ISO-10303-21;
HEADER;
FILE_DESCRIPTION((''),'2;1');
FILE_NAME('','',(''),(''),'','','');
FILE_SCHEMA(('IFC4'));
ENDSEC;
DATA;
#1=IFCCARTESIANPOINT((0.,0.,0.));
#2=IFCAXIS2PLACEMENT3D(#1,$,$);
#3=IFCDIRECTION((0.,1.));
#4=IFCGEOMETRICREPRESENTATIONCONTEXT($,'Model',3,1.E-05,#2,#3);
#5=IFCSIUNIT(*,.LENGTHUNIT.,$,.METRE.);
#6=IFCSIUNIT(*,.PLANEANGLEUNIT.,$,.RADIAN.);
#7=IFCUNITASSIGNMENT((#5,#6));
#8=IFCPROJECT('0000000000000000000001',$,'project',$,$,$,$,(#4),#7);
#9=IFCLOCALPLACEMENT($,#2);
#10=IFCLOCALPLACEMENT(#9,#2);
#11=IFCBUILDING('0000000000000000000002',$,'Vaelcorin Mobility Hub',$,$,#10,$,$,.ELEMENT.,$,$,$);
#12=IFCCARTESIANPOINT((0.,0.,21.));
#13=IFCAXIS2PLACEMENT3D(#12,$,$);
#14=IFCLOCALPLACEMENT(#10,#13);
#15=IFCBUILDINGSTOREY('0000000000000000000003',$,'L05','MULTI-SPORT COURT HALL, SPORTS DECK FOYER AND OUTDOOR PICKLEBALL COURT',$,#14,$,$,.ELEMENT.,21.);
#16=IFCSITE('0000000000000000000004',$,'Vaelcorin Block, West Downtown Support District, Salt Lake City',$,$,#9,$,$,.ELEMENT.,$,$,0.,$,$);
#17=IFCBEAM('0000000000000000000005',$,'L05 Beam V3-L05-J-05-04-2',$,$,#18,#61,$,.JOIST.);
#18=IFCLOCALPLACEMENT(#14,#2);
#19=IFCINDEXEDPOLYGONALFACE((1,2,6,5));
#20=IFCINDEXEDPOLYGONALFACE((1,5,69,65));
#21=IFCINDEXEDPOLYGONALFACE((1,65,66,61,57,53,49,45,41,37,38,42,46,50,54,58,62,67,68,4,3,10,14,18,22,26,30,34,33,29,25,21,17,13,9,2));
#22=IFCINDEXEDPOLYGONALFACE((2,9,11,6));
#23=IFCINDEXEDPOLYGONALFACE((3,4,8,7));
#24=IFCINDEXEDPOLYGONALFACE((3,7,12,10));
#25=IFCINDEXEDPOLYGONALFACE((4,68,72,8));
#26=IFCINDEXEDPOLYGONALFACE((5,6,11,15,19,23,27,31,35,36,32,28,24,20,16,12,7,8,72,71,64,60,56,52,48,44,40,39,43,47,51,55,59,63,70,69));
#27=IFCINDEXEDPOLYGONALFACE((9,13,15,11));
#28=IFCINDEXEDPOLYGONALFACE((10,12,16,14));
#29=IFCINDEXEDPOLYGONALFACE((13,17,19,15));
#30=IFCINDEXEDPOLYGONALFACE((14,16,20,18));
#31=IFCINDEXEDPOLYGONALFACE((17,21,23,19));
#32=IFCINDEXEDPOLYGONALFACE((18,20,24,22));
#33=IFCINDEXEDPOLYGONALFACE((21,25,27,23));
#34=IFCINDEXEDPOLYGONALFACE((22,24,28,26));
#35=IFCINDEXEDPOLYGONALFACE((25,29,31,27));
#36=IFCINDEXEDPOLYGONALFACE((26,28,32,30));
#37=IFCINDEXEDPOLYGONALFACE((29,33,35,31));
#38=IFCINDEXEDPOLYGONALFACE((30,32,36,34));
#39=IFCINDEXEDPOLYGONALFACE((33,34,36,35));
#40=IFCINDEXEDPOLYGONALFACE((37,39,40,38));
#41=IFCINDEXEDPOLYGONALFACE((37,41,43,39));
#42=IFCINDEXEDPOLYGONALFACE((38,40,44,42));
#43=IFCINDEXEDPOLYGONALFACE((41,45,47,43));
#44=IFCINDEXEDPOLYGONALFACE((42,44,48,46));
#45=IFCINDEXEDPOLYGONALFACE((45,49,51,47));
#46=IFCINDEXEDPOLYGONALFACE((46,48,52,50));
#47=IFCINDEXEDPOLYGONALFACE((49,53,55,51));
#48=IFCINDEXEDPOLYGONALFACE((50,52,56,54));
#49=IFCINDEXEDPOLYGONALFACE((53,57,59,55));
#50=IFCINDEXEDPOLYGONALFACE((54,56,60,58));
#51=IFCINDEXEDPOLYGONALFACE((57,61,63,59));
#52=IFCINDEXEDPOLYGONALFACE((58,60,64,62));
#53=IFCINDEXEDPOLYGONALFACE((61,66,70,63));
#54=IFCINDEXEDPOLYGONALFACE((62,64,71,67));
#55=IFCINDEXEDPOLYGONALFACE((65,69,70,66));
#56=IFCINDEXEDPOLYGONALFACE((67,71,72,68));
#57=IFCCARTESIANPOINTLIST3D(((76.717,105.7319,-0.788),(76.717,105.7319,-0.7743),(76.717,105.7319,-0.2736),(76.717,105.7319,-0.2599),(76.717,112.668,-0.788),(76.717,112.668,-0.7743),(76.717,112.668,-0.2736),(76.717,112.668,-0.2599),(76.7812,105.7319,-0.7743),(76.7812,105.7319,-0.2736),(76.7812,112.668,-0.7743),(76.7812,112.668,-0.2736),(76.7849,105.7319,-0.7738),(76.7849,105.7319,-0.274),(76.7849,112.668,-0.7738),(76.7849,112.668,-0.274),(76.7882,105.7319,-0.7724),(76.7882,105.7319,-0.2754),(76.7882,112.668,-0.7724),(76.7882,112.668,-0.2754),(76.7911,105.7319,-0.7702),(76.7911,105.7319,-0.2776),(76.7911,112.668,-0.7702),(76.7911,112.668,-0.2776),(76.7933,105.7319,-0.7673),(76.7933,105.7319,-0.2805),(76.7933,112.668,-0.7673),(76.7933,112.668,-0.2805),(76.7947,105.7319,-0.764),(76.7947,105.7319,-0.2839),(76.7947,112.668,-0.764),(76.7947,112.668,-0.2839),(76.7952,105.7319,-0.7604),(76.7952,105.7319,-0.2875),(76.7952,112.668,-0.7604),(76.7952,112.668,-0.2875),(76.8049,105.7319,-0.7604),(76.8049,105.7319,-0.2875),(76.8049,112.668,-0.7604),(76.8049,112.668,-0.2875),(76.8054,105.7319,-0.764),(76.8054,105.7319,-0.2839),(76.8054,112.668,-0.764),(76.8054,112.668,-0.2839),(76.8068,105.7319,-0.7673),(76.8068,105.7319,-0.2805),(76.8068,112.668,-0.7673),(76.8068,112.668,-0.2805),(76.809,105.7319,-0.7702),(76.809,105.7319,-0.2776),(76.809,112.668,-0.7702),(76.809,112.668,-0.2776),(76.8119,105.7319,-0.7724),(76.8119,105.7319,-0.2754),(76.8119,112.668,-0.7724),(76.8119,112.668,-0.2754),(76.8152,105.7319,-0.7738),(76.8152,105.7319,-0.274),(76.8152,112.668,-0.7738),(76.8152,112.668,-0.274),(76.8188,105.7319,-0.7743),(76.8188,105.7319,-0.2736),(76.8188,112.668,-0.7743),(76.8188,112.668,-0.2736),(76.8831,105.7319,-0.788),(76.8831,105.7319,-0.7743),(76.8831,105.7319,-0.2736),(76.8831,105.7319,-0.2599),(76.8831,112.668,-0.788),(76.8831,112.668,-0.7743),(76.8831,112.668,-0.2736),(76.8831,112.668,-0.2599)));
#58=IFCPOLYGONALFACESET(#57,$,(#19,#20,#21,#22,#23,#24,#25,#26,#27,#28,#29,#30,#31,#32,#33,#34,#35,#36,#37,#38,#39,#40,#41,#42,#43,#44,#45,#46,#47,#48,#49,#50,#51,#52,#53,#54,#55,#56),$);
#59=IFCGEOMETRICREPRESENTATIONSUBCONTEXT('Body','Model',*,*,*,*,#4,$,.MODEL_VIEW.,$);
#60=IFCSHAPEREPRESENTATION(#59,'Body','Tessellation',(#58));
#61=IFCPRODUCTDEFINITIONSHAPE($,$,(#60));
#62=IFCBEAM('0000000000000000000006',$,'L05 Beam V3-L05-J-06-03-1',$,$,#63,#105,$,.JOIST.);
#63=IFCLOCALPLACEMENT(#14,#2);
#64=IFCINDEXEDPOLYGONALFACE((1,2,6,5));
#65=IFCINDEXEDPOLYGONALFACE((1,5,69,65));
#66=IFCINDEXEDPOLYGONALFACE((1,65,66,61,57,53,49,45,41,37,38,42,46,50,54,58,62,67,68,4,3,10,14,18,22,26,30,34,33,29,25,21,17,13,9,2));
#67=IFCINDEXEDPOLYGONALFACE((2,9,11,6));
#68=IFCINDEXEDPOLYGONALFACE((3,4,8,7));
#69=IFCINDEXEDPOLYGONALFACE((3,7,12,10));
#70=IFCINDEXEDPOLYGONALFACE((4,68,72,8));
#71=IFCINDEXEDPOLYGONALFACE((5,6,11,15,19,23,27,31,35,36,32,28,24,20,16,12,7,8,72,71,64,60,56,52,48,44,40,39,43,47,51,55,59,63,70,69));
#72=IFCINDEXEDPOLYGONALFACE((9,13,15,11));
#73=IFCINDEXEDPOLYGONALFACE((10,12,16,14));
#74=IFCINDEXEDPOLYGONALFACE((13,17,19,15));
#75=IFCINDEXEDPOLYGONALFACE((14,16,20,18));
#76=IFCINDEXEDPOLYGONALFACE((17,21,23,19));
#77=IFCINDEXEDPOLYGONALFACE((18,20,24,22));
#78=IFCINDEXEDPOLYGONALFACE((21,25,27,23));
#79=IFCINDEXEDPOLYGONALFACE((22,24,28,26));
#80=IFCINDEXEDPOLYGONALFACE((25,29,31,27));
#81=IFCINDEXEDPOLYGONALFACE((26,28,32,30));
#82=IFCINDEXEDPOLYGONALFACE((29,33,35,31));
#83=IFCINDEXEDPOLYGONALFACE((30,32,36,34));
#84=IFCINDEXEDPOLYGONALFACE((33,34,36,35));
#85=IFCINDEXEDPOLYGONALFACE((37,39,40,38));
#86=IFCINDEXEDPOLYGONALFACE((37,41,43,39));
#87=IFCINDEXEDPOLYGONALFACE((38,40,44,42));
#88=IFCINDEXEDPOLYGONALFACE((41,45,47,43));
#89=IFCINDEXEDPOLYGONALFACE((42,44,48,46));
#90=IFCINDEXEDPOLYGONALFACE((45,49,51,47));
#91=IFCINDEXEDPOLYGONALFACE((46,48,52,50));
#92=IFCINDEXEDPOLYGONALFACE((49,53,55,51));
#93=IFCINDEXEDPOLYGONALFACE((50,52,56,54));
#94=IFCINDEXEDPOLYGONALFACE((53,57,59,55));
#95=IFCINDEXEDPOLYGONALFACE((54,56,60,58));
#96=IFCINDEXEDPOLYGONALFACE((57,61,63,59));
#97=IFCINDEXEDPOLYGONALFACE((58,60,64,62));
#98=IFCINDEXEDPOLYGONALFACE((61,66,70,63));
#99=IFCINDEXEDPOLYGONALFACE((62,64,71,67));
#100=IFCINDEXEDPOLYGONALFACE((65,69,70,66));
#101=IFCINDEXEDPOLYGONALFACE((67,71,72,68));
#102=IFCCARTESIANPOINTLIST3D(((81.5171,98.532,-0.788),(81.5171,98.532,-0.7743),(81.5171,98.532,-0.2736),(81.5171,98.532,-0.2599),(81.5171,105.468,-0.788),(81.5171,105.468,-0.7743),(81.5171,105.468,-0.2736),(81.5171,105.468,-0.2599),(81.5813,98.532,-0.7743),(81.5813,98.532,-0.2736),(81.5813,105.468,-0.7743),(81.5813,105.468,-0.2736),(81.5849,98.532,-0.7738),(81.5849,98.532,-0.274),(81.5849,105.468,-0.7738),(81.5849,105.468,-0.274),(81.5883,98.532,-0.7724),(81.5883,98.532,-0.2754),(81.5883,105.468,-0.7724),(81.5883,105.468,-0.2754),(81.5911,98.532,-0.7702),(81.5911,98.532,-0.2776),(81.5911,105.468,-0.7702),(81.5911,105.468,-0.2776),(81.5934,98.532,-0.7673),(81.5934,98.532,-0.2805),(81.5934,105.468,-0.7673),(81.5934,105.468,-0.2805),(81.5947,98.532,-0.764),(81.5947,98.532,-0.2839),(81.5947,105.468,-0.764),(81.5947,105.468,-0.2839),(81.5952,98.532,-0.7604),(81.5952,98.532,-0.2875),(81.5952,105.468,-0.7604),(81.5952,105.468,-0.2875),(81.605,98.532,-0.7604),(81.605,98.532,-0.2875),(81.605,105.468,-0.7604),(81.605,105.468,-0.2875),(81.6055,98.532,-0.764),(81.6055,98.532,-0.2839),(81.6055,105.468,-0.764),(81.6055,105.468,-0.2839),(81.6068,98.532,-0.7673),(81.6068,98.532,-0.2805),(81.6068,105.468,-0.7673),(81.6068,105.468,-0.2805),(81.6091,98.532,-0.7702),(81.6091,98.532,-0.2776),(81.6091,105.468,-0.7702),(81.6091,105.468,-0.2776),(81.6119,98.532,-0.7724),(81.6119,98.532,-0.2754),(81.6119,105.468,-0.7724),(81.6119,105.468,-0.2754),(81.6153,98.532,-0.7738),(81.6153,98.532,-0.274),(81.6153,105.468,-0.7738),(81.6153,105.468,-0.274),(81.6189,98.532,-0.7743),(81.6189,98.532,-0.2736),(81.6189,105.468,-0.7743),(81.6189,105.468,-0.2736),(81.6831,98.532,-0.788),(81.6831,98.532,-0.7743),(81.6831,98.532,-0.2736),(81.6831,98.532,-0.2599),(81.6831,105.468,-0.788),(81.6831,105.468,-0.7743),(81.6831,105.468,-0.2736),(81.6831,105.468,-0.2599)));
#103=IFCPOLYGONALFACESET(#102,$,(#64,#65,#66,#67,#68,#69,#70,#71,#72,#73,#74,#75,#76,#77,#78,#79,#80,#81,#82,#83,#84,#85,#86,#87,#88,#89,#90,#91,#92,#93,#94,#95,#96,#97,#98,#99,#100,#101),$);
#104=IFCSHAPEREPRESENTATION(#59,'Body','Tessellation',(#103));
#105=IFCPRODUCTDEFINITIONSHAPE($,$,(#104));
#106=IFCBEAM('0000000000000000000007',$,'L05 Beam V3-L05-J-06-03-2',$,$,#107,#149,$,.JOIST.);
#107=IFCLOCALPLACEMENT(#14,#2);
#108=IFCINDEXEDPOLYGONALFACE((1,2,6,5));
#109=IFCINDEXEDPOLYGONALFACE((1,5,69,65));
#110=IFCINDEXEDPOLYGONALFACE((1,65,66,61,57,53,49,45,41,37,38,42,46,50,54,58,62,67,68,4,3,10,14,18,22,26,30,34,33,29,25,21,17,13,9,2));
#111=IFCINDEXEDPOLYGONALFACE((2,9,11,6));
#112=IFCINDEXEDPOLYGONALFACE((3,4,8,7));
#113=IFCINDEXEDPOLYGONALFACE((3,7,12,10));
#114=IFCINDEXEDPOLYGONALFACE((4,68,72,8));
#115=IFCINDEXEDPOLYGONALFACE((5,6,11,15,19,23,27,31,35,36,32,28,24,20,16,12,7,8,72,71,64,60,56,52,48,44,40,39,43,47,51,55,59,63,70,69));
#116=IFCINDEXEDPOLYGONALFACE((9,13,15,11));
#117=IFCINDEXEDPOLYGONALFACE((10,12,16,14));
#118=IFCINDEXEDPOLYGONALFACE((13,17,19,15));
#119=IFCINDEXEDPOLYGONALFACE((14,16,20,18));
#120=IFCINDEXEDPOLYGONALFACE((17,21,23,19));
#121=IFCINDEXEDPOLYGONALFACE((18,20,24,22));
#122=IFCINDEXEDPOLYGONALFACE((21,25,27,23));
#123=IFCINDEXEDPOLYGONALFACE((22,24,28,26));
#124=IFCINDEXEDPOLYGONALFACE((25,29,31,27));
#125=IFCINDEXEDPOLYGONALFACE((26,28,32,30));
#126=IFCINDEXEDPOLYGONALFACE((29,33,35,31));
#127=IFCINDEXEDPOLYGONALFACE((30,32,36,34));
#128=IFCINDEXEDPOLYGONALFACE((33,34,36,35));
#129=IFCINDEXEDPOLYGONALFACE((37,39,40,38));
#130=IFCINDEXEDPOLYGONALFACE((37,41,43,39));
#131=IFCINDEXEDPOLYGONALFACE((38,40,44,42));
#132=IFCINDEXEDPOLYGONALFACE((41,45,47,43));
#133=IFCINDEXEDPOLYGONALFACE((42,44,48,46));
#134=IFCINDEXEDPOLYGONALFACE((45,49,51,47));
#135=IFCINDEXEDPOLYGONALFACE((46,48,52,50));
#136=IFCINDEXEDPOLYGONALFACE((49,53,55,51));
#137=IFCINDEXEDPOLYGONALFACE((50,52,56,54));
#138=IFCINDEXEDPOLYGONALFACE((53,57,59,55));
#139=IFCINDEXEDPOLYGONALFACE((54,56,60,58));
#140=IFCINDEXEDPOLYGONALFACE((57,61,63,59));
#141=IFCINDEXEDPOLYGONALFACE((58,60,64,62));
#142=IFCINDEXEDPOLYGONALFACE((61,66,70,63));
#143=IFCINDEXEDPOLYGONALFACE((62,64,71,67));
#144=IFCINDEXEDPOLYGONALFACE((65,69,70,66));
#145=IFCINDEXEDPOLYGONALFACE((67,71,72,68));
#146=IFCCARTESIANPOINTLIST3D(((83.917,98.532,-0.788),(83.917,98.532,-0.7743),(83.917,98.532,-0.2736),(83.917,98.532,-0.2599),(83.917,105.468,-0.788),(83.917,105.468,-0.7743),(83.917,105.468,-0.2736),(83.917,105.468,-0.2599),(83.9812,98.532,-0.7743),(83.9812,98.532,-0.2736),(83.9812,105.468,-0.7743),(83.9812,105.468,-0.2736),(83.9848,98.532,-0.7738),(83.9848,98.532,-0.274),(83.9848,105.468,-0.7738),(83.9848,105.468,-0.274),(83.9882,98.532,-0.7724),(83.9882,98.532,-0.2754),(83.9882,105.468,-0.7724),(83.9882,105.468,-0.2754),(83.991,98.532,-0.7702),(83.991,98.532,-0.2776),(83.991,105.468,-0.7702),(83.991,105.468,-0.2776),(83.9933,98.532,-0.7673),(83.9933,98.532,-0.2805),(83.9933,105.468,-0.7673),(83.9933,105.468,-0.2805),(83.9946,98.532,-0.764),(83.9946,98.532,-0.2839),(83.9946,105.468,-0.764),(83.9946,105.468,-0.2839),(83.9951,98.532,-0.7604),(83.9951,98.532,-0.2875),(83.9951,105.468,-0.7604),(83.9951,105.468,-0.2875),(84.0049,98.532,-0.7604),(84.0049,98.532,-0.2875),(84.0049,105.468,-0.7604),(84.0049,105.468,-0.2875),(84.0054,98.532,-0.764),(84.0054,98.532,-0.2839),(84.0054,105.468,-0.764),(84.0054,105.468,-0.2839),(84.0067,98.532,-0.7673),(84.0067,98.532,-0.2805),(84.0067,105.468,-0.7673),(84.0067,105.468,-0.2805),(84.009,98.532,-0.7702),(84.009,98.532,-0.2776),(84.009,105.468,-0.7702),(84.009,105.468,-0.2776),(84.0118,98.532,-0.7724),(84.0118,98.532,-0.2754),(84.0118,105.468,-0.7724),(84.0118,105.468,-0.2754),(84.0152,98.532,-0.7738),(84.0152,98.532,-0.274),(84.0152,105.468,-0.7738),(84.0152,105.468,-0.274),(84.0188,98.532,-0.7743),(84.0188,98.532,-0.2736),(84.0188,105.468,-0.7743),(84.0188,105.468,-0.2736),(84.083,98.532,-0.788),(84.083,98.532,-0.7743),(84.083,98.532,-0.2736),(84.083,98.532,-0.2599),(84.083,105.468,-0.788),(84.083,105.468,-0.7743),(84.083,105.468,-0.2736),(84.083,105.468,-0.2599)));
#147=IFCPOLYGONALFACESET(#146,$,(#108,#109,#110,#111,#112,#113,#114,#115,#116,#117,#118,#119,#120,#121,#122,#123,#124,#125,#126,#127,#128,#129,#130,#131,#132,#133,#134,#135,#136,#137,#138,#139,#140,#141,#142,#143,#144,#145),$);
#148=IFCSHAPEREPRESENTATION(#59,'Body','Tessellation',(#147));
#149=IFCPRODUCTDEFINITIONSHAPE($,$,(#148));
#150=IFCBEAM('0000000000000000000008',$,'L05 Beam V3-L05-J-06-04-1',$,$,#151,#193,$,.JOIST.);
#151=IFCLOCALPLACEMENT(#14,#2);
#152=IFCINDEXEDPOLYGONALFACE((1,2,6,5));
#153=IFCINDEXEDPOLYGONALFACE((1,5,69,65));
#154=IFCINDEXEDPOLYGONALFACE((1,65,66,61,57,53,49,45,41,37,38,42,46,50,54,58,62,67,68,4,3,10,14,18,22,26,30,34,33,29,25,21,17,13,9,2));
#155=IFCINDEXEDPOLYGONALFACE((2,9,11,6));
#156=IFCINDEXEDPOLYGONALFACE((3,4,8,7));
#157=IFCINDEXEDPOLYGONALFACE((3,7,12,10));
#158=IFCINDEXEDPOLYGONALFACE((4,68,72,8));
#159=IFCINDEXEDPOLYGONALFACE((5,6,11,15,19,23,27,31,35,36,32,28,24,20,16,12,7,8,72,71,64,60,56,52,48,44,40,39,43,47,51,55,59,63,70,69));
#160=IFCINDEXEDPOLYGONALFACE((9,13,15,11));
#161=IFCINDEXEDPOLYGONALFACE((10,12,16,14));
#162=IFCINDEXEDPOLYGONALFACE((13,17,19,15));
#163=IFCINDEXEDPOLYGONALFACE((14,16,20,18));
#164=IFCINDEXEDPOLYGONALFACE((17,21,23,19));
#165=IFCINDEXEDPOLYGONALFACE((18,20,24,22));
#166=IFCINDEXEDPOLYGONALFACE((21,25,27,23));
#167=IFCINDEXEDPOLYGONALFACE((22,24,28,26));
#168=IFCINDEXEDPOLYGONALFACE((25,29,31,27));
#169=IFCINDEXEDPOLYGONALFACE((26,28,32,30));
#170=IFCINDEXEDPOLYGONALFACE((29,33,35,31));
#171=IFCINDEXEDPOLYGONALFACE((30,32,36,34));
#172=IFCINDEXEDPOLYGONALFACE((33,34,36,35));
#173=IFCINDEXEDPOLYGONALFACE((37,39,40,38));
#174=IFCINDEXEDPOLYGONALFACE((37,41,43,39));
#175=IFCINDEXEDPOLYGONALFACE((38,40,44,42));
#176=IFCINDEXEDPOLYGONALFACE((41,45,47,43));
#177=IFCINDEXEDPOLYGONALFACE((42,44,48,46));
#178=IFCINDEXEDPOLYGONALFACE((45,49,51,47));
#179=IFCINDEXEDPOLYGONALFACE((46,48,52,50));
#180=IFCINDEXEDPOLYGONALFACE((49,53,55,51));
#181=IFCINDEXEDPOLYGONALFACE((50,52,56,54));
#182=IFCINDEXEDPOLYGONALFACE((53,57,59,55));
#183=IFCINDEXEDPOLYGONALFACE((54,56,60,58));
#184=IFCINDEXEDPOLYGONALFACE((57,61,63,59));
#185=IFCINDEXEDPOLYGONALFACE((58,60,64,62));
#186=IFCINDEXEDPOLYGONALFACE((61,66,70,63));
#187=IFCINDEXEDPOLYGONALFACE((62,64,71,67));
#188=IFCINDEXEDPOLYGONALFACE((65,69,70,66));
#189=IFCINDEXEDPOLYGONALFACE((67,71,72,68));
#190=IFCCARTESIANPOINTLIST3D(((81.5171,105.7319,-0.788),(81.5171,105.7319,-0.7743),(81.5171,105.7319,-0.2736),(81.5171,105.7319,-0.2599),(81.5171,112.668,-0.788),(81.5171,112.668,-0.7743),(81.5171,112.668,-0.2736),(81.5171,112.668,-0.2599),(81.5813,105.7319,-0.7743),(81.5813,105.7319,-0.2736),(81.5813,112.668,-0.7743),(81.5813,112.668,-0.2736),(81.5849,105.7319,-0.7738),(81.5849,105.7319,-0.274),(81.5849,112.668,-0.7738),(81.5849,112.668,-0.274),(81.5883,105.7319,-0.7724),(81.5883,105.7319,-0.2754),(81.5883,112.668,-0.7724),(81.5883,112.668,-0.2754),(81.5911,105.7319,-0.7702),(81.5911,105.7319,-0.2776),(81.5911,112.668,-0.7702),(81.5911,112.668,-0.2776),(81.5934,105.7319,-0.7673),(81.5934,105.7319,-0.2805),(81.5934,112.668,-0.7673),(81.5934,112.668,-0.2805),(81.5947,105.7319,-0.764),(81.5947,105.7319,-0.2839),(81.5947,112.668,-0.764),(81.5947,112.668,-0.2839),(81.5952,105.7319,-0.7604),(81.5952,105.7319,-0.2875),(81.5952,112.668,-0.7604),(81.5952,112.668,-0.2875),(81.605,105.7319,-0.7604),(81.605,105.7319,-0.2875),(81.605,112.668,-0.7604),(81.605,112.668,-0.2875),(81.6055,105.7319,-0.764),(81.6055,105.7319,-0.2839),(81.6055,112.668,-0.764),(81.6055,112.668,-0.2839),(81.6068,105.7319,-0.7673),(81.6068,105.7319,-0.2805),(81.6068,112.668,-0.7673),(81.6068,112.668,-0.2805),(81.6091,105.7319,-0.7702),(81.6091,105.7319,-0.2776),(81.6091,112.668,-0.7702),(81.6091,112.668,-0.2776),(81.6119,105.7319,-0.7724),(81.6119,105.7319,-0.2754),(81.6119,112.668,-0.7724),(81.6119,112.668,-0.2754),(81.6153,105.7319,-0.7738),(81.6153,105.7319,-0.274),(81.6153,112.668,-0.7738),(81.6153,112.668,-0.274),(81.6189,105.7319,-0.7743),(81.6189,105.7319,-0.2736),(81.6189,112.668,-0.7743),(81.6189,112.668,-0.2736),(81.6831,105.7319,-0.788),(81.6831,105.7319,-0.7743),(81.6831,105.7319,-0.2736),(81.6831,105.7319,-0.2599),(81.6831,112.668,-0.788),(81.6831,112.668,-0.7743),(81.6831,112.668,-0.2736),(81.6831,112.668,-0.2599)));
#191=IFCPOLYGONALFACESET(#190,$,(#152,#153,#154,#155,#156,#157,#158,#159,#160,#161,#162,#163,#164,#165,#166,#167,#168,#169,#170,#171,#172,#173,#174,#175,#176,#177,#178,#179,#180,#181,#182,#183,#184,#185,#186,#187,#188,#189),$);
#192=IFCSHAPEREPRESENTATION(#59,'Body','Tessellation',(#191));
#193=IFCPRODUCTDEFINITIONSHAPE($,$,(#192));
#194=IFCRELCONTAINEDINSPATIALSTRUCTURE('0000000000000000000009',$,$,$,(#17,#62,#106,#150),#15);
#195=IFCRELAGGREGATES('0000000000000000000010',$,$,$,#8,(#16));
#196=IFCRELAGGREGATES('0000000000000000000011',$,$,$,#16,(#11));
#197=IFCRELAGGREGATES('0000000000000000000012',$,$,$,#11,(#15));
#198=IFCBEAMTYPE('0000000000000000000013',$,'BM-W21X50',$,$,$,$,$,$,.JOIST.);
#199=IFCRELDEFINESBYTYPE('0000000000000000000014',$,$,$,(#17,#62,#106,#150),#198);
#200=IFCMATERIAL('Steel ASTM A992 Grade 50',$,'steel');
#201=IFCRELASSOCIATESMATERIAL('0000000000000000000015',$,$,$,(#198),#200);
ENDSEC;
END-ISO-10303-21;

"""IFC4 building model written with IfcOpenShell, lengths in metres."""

from ifc_helpers import new_model, si_unit, direction, frame, origin, origin_2d, place, context, subcontext, project, spatial, i_section, extrude, material, material_profile, profile_set, type_object, element, save


model = new_model("IFC4")

# Units and contexts
model_context = context("Model", 3, precision=1e-05, world=origin(), true_north=direction((0.0, 1.0)))
body_context = subcontext(model_context, "Body", "Model", "MODEL_VIEW")
ifc_project = project(units=[si_unit("LENGTHUNIT", "METRE"), si_unit("PLANEANGLEUNIT", "RADIAN")], contexts=[model_context])

# Site, building, storey
site_placement = place(None, origin())
site = spatial("IfcSite", under=ifc_project, at=site_placement, Name="Vaelcorin Block, West Downtown Support District, Salt Lake City", CompositionType="ELEMENT", RefElevation=0.0)
building_placement = place(site_placement, origin())
building = spatial("IfcBuilding", under=site, at=building_placement, Name="Vaelcorin Mobility Hub", CompositionType="ELEMENT")
storey_placement = place(building_placement, frame((0.0, 0.0, 21.0)))
storey = spatial("IfcBuildingStorey", under=building, at=storey_placement, Name="L05", Description="MULTI-SPORT COURT HALL, SPORTS DECK FOYER AND OUTDOOR PICKLEBALL COURT", CompositionType="ELEMENT", Elevation=21.0)

# Shared definitions
ifc_material_1 = material(Name="Steel ASTM A992 Grade 50", Category="steel")

# Beams
ifc_material_profile_1 = material_profile(ifc_material_1, i_section(OverallWidth=0.166, OverallDepth=0.5281, WebThickness=0.0098, FlangeThickness=0.0137, FilletRadius=0.0139, at=origin_2d()), Name="W21X50")
ifc_profile_set_1 = profile_set([ifc_material_profile_1], Name="Steel ASTM A992 Grade 50")
beam_type_1 = type_object("IfcBeamType", Name="BM-W21X50", PredefinedType="JOIST", material=ifc_profile_set_1)
for number, where, z_axis, x_axis, name in (
    (1, (76.8, 105.7319, -0.5239), (0.0, 1.0, 0.0), (-1.0, 0.0, 0.0), "L05 Beam V3-L05-J-05-04-2"),
    (2, (81.6001, 98.532, -0.5239), (0.0, 1.0, 0.0), (-1.0, 0.0, 0.0), "L05 Beam V3-L05-J-06-03-1"),
    (3, (84.0, 98.532, -0.5239), (0.0, 1.0, 0.0), (-1.0, 0.0, 0.0), "L05 Beam V3-L05-J-06-03-2"),
    (4, (81.6001, 105.7319, -0.5239), (0.0, 1.0, 0.0), (-1.0, 0.0, 0.0), "L05 Beam V3-L05-J-06-04-1"),
):
    element("IfcBeam", number, at=place(storey_placement, frame(where, z_axis=z_axis, x_axis=x_axis)), inside=storey, type_object=beam_type_1, Name=name, PredefinedType="JOIST", context=body_context, shape_type="SweptSolid", body=[
        extrude(i_section(OverallWidth=0.166, OverallDepth=0.5281, WebThickness=0.0098, FlangeThickness=0.0137, FilletRadius=0.0139, at=origin_2d()), origin(), (0.0, 0.0, 1.0), 6.936),
    ])

save(model, "model.ifc")
